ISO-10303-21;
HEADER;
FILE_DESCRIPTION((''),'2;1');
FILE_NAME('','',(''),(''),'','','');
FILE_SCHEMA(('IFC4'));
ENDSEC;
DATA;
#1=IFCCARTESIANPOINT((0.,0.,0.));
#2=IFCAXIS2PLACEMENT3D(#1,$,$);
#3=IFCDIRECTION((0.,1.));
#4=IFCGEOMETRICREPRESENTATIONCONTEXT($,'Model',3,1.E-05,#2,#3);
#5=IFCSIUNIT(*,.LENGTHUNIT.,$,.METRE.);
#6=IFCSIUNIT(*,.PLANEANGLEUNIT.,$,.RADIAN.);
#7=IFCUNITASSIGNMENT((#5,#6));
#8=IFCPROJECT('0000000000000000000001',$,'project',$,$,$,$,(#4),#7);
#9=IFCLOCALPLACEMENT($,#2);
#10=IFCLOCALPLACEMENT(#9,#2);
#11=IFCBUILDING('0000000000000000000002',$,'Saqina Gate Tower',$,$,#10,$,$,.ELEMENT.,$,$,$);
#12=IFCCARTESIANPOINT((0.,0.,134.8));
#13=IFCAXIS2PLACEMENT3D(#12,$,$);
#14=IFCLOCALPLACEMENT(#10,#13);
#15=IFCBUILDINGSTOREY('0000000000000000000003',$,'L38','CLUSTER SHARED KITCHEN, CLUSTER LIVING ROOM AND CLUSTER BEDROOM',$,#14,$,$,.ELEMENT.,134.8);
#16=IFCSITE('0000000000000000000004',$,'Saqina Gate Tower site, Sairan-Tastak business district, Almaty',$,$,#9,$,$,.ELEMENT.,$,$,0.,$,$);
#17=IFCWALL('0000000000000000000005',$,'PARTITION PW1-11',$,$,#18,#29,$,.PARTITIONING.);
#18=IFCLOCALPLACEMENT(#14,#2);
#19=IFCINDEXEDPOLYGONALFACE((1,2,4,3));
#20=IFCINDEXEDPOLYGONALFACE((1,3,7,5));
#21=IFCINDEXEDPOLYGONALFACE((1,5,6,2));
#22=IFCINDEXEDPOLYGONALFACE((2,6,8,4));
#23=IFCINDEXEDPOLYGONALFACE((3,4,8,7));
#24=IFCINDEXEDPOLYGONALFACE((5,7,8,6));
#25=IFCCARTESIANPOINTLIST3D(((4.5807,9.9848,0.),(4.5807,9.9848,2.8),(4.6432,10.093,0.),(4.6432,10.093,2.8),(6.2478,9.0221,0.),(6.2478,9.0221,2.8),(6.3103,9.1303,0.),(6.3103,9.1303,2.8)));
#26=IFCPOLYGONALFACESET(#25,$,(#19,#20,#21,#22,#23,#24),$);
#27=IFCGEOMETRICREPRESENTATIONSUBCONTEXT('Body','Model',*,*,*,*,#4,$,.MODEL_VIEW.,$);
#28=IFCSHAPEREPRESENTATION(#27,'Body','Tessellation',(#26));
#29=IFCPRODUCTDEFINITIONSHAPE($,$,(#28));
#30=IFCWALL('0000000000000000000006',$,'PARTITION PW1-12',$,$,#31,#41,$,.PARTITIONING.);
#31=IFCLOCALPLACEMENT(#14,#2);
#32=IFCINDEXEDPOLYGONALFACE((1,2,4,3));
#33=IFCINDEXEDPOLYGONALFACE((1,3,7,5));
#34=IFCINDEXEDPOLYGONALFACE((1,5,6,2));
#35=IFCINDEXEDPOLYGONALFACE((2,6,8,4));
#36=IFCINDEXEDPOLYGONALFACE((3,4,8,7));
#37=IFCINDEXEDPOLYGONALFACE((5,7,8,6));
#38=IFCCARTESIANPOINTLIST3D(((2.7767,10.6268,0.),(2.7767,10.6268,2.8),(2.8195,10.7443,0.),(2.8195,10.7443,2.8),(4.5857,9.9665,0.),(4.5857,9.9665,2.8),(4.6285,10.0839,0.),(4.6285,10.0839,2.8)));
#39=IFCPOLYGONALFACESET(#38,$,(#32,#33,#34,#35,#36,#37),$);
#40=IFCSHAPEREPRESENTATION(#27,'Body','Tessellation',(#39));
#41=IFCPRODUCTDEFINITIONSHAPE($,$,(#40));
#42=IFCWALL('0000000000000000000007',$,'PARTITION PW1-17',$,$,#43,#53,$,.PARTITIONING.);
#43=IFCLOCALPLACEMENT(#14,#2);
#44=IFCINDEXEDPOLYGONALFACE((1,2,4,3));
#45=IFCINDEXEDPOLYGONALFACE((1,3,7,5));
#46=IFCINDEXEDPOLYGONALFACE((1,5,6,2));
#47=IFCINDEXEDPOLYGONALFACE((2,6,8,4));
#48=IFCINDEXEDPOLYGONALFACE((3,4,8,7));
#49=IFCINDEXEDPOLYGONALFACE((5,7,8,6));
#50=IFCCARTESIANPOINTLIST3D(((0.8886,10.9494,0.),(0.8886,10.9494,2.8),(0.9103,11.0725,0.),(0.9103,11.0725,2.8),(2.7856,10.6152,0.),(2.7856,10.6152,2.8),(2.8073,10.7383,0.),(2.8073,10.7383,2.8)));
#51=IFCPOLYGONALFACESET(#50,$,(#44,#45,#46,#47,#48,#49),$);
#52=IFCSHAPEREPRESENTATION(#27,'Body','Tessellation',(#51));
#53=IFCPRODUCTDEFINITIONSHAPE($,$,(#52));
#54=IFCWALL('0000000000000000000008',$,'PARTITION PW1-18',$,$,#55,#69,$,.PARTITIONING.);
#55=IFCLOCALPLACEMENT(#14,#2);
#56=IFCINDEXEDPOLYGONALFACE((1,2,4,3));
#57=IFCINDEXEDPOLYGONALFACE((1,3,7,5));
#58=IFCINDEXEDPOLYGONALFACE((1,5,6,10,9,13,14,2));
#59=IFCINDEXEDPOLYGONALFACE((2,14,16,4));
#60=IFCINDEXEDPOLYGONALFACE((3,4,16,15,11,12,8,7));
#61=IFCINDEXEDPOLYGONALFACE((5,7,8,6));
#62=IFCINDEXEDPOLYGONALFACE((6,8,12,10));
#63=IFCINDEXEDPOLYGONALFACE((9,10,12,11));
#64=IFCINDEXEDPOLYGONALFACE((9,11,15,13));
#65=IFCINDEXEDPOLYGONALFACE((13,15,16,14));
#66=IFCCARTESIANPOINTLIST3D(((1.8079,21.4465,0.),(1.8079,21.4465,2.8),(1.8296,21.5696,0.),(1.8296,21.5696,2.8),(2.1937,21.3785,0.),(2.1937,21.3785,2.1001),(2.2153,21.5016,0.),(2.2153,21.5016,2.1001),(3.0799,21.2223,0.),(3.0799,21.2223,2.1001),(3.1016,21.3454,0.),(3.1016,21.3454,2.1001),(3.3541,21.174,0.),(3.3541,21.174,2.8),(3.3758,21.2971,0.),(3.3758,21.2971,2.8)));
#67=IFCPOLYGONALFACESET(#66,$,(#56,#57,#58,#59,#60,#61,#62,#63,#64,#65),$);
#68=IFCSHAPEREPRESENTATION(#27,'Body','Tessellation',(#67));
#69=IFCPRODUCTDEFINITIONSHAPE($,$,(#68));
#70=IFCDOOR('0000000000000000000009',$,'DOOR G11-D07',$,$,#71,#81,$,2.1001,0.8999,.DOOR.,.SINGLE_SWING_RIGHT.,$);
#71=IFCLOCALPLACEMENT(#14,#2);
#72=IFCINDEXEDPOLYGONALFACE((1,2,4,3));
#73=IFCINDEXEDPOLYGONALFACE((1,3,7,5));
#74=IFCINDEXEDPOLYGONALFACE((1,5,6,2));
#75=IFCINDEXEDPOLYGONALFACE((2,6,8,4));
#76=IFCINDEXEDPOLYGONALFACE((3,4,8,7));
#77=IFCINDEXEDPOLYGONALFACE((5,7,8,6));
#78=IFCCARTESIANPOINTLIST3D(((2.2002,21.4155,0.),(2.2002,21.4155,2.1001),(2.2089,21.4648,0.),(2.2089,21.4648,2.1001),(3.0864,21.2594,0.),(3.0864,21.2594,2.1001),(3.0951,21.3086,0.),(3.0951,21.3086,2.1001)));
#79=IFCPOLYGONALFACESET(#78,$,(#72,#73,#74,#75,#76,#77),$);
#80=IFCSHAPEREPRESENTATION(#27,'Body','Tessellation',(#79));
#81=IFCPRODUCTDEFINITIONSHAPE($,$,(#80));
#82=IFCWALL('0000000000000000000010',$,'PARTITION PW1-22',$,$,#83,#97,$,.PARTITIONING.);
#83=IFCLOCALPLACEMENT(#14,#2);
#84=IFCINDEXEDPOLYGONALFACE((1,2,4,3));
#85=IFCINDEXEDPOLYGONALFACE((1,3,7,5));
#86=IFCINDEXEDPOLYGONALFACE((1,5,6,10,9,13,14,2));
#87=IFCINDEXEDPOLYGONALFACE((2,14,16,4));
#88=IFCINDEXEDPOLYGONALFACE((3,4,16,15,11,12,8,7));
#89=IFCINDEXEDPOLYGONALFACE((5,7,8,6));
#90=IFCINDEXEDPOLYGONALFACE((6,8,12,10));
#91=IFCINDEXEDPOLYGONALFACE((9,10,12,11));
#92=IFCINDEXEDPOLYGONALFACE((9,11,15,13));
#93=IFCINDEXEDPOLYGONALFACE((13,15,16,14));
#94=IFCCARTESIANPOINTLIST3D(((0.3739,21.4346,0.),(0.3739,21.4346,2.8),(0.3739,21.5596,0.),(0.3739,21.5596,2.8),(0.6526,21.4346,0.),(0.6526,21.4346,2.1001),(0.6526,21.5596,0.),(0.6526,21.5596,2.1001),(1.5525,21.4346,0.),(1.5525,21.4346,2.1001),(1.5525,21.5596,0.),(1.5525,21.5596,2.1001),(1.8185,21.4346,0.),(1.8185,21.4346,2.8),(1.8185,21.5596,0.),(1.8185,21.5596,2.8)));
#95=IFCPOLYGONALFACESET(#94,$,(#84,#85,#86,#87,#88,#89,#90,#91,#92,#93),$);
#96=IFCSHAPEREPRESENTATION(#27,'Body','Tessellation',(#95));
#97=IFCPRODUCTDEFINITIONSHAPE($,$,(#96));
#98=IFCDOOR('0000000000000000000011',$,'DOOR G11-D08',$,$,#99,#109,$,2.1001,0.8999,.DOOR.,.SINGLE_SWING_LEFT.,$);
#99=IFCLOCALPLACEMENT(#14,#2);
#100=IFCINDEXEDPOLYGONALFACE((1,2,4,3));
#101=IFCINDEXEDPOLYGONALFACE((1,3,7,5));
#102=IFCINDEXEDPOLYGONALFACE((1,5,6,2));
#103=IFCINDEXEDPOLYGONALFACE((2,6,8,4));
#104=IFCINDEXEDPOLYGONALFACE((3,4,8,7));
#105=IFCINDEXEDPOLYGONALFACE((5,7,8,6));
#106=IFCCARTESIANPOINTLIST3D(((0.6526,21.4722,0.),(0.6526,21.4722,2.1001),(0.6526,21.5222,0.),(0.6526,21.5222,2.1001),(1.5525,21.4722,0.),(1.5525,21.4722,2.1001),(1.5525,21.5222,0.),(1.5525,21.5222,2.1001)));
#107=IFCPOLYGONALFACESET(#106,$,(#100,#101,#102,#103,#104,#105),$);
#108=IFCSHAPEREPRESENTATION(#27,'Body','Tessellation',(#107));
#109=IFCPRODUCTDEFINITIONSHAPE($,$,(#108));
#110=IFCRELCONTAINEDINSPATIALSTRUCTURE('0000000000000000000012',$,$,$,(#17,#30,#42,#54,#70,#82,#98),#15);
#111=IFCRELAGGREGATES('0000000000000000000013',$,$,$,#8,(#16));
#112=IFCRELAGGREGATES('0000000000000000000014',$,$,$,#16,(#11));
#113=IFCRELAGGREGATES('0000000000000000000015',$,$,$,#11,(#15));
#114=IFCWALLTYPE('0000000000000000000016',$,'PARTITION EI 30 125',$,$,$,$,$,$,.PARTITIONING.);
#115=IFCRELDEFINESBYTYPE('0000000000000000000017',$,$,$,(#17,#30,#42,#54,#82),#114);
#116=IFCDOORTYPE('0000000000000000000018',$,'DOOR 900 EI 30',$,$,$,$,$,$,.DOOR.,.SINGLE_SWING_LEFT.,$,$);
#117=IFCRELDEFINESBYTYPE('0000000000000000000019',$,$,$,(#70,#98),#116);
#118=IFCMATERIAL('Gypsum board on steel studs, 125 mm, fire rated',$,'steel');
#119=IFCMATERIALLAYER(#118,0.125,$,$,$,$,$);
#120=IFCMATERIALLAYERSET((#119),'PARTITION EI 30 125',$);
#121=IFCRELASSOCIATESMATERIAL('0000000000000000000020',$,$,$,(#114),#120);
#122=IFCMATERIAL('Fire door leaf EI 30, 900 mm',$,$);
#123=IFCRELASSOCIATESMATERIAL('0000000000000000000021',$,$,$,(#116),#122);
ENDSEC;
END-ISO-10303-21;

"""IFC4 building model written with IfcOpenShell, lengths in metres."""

from ifc_helpers import new_model, si_unit, direction, frame, frame_2d, origin, place, context, subcontext, project, spatial, rectangle, extrude, material, layer, layer_set, type_object, element, fill, save


model = new_model("IFC4")

# Units and contexts
model_context = context("Model", 3, precision=1e-05, world=origin(), true_north=direction((0.0, 1.0)))
body_context = subcontext(model_context, "Body", "Model", "MODEL_VIEW")
ifc_project = project(units=[si_unit("LENGTHUNIT", "METRE"), si_unit("PLANEANGLEUNIT", "RADIAN")], contexts=[model_context])

# Site, building, storey
site_placement = place(None, origin())
site = spatial("IfcSite", under=ifc_project, at=site_placement, Name="Saqina Gate Tower site, Sairan-Tastak business district, Almaty", CompositionType="ELEMENT", RefElevation=0.0)
building_placement = place(site_placement, origin())
building = spatial("IfcBuilding", under=site, at=building_placement, Name="Saqina Gate Tower", CompositionType="ELEMENT")
storey_placement = place(building_placement, frame((0.0, 0.0, 134.8)))
storey = spatial("IfcBuildingStorey", under=building, at=storey_placement, Name="L38", Description="CLUSTER SHARED KITCHEN, CLUSTER LIVING ROOM AND CLUSTER BEDROOM", CompositionType="ELEMENT", Elevation=134.8)

# Walls
ifc_material_1 = material(Name="Gypsum board on steel studs, 125 mm, fire rated", Category="steel")
ifc_layer_1 = layer(ifc_material_1, 0.125)
ifc_layer_set_1 = layer_set([ifc_layer_1], Name="PARTITION EI 30 125")
wall_type_1 = type_object("IfcWallType", Name="PARTITION EI 30 125", PredefinedType="PARTITIONING", material=ifc_layer_set_1)
wall_1_placement = place(storey_placement, frame((4.6121, 10.0388, 0.0), z_axis=(0.0, 0.0, 1.0), x_axis=(0.865979, -0.500081, 0.0)))
element("IfcWall", 1, at=wall_1_placement, inside=storey, type_object=wall_type_1, Name="PARTITION PW1-11", PredefinedType="PARTITIONING", context=body_context, shape_type="SweptSolid", body=[
    extrude(rectangle(XDim=1.925, YDim=0.125, at=frame_2d((0.9624, 0.0))), origin(), (0.0, 0.0, 1.0), 2.8),
])
wall_2_placement = place(storey_placement, frame((2.7981, 10.6855, 0.0), z_axis=(0.0, 0.0, 1.0), x_axis=(0.939367, -0.342913, 0.0)))
element("IfcWall", 2, at=wall_2_placement, inside=storey, type_object=wall_type_1, Name="PARTITION PW1-12", PredefinedType="PARTITIONING", context=body_context, shape_type="SweptSolid", body=[
    extrude(rectangle(XDim=1.9258, YDim=0.125, at=frame_2d((0.9629, 0.0))), origin(), (0.0, 0.0, 1.0), 2.8),
])
wall_3_placement = place(storey_placement, frame((0.8994, 11.011, 0.0), z_axis=(0.0, 0.0, 1.0), x_axis=(0.984831, -0.173518, 0.0)))
element("IfcWall", 3, at=wall_3_placement, inside=storey, type_object=wall_type_1, Name="PARTITION PW1-17", PredefinedType="PARTITIONING", context=body_context, shape_type="SweptSolid", body=[
    extrude(rectangle(XDim=1.9263, YDim=0.125, at=frame_2d((0.9631, 0.0))), origin(), (0.0, 0.0, 1.0), 2.8),
])

# Walls, openings, doors
wall_4_placement = place(storey_placement, frame((1.8186, 21.5081, 0.0), z_axis=(0.0, 0.0, 1.0), x_axis=(0.984826, -0.173546, 0.0)))
wall_4 = element("IfcWall", 4, at=wall_4_placement, inside=storey, type_object=wall_type_1, Name="PARTITION PW1-18", PredefinedType="PARTITIONING", context=body_context, shape_type="SweptSolid", body=[
    extrude(rectangle(XDim=1.5701, YDim=0.125, at=frame_2d((0.7852, 0.0))), origin(), (0.0, 0.0, 1.0), 2.8),
])
opening_1_placement = place(wall_4_placement, frame((0.3918, 0.0, 0.0)))
opening_1 = element("IfcOpeningElement", 5, at=opening_1_placement, cuts=wall_4, PredefinedType="OPENING", context=body_context, shape_type="SweptSolid", body=[
    extrude(rectangle(XDim=0.8999, YDim=2.1001, at=frame_2d((0.45, 1.05))), frame((0.0, 0.0745, 0.0), z_axis=(0.0, -1.0, 0.0), x_axis=(1.0, 0.0, 0.0)), (0.0, 0.0, 1.0), 0.1489),
])
ifc_material_2 = material(Name="Fire door leaf EI 30, 900 mm")
door_type_1 = type_object("IfcDoorType", Name="DOOR 900 EI 30", OperationType="SINGLE_SWING_LEFT", PredefinedType="DOOR", material=ifc_material_2)
door_1_placement = place(opening_1_placement, frame((0.8999, 0.0, 0.0), z_axis=(0.0, 0.0, 1.0), x_axis=(-1.0, 0.0, 0.0)))
door_1 = element("IfcDoor", 6, at=door_1_placement, inside=storey, type_object=door_type_1, Name="DOOR G11-D07", OperationType="SINGLE_SWING_RIGHT", OverallHeight=2.1001, OverallWidth=0.8999, PredefinedType="DOOR", context=body_context, shape_type="SweptSolid", body=[
    extrude(rectangle(XDim=0.8999, YDim=2.1001, at=frame_2d((0.45, 1.05))), frame((0.0, 0.0249, 0.0), z_axis=(0.0, -1.0, 0.0), x_axis=(1.0, 0.0, 0.0)), (0.0, 0.0, 1.0), 0.05),
])
fill(opening_1, door_1)
wall_5_placement = place(storey_placement, frame((0.374, 21.4971, 0.0), z_axis=(0.0, 0.0, 1.0), x_axis=(1.0, 0.0, 0.0)))
wall_5 = element("IfcWall", 7, at=wall_5_placement, inside=storey, type_object=wall_type_1, Name="PARTITION PW1-22", PredefinedType="PARTITIONING", context=body_context, shape_type="SweptSolid", body=[
    extrude(rectangle(XDim=1.4446, YDim=0.125, at=frame_2d((0.7222, 0.0))), origin(), (0.0, 0.0, 1.0), 2.8),
])
opening_2_placement = place(wall_5_placement, frame((0.2786, 0.0, 0.0)))
opening_2 = element("IfcOpeningElement", 8, at=opening_2_placement, cuts=wall_5, PredefinedType="OPENING", context=body_context, shape_type="SweptSolid", body=[
    extrude(rectangle(XDim=0.8999, YDim=2.1001, at=frame_2d((0.45, 1.05))), frame((0.0, 0.0745, 0.0), z_axis=(0.0, -1.0, 0.0), x_axis=(1.0, 0.0, 0.0)), (0.0, 0.0, 1.0), 0.1489),
])
door_2_placement = place(opening_2_placement, frame((0.8999, 0.0, 0.0), z_axis=(0.0, 0.0, 1.0), x_axis=(-1.0, 0.0, 0.0)))
door_2 = element("IfcDoor", 9, at=door_2_placement, inside=storey, type_object=door_type_1, Name="DOOR G11-D08", OperationType="SINGLE_SWING_LEFT", OverallHeight=2.1001, OverallWidth=0.8999, PredefinedType="DOOR", context=body_context, shape_type="SweptSolid", body=[
    extrude(rectangle(XDim=0.8999, YDim=2.1001, at=frame_2d((0.45, 1.05))), frame((0.0, 0.0249, 0.0), z_axis=(0.0, -1.0, 0.0), x_axis=(1.0, 0.0, 0.0)), (0.0, 0.0, 1.0), 0.05),
])
fill(opening_2, door_2)

save(model, "model.ifc")
